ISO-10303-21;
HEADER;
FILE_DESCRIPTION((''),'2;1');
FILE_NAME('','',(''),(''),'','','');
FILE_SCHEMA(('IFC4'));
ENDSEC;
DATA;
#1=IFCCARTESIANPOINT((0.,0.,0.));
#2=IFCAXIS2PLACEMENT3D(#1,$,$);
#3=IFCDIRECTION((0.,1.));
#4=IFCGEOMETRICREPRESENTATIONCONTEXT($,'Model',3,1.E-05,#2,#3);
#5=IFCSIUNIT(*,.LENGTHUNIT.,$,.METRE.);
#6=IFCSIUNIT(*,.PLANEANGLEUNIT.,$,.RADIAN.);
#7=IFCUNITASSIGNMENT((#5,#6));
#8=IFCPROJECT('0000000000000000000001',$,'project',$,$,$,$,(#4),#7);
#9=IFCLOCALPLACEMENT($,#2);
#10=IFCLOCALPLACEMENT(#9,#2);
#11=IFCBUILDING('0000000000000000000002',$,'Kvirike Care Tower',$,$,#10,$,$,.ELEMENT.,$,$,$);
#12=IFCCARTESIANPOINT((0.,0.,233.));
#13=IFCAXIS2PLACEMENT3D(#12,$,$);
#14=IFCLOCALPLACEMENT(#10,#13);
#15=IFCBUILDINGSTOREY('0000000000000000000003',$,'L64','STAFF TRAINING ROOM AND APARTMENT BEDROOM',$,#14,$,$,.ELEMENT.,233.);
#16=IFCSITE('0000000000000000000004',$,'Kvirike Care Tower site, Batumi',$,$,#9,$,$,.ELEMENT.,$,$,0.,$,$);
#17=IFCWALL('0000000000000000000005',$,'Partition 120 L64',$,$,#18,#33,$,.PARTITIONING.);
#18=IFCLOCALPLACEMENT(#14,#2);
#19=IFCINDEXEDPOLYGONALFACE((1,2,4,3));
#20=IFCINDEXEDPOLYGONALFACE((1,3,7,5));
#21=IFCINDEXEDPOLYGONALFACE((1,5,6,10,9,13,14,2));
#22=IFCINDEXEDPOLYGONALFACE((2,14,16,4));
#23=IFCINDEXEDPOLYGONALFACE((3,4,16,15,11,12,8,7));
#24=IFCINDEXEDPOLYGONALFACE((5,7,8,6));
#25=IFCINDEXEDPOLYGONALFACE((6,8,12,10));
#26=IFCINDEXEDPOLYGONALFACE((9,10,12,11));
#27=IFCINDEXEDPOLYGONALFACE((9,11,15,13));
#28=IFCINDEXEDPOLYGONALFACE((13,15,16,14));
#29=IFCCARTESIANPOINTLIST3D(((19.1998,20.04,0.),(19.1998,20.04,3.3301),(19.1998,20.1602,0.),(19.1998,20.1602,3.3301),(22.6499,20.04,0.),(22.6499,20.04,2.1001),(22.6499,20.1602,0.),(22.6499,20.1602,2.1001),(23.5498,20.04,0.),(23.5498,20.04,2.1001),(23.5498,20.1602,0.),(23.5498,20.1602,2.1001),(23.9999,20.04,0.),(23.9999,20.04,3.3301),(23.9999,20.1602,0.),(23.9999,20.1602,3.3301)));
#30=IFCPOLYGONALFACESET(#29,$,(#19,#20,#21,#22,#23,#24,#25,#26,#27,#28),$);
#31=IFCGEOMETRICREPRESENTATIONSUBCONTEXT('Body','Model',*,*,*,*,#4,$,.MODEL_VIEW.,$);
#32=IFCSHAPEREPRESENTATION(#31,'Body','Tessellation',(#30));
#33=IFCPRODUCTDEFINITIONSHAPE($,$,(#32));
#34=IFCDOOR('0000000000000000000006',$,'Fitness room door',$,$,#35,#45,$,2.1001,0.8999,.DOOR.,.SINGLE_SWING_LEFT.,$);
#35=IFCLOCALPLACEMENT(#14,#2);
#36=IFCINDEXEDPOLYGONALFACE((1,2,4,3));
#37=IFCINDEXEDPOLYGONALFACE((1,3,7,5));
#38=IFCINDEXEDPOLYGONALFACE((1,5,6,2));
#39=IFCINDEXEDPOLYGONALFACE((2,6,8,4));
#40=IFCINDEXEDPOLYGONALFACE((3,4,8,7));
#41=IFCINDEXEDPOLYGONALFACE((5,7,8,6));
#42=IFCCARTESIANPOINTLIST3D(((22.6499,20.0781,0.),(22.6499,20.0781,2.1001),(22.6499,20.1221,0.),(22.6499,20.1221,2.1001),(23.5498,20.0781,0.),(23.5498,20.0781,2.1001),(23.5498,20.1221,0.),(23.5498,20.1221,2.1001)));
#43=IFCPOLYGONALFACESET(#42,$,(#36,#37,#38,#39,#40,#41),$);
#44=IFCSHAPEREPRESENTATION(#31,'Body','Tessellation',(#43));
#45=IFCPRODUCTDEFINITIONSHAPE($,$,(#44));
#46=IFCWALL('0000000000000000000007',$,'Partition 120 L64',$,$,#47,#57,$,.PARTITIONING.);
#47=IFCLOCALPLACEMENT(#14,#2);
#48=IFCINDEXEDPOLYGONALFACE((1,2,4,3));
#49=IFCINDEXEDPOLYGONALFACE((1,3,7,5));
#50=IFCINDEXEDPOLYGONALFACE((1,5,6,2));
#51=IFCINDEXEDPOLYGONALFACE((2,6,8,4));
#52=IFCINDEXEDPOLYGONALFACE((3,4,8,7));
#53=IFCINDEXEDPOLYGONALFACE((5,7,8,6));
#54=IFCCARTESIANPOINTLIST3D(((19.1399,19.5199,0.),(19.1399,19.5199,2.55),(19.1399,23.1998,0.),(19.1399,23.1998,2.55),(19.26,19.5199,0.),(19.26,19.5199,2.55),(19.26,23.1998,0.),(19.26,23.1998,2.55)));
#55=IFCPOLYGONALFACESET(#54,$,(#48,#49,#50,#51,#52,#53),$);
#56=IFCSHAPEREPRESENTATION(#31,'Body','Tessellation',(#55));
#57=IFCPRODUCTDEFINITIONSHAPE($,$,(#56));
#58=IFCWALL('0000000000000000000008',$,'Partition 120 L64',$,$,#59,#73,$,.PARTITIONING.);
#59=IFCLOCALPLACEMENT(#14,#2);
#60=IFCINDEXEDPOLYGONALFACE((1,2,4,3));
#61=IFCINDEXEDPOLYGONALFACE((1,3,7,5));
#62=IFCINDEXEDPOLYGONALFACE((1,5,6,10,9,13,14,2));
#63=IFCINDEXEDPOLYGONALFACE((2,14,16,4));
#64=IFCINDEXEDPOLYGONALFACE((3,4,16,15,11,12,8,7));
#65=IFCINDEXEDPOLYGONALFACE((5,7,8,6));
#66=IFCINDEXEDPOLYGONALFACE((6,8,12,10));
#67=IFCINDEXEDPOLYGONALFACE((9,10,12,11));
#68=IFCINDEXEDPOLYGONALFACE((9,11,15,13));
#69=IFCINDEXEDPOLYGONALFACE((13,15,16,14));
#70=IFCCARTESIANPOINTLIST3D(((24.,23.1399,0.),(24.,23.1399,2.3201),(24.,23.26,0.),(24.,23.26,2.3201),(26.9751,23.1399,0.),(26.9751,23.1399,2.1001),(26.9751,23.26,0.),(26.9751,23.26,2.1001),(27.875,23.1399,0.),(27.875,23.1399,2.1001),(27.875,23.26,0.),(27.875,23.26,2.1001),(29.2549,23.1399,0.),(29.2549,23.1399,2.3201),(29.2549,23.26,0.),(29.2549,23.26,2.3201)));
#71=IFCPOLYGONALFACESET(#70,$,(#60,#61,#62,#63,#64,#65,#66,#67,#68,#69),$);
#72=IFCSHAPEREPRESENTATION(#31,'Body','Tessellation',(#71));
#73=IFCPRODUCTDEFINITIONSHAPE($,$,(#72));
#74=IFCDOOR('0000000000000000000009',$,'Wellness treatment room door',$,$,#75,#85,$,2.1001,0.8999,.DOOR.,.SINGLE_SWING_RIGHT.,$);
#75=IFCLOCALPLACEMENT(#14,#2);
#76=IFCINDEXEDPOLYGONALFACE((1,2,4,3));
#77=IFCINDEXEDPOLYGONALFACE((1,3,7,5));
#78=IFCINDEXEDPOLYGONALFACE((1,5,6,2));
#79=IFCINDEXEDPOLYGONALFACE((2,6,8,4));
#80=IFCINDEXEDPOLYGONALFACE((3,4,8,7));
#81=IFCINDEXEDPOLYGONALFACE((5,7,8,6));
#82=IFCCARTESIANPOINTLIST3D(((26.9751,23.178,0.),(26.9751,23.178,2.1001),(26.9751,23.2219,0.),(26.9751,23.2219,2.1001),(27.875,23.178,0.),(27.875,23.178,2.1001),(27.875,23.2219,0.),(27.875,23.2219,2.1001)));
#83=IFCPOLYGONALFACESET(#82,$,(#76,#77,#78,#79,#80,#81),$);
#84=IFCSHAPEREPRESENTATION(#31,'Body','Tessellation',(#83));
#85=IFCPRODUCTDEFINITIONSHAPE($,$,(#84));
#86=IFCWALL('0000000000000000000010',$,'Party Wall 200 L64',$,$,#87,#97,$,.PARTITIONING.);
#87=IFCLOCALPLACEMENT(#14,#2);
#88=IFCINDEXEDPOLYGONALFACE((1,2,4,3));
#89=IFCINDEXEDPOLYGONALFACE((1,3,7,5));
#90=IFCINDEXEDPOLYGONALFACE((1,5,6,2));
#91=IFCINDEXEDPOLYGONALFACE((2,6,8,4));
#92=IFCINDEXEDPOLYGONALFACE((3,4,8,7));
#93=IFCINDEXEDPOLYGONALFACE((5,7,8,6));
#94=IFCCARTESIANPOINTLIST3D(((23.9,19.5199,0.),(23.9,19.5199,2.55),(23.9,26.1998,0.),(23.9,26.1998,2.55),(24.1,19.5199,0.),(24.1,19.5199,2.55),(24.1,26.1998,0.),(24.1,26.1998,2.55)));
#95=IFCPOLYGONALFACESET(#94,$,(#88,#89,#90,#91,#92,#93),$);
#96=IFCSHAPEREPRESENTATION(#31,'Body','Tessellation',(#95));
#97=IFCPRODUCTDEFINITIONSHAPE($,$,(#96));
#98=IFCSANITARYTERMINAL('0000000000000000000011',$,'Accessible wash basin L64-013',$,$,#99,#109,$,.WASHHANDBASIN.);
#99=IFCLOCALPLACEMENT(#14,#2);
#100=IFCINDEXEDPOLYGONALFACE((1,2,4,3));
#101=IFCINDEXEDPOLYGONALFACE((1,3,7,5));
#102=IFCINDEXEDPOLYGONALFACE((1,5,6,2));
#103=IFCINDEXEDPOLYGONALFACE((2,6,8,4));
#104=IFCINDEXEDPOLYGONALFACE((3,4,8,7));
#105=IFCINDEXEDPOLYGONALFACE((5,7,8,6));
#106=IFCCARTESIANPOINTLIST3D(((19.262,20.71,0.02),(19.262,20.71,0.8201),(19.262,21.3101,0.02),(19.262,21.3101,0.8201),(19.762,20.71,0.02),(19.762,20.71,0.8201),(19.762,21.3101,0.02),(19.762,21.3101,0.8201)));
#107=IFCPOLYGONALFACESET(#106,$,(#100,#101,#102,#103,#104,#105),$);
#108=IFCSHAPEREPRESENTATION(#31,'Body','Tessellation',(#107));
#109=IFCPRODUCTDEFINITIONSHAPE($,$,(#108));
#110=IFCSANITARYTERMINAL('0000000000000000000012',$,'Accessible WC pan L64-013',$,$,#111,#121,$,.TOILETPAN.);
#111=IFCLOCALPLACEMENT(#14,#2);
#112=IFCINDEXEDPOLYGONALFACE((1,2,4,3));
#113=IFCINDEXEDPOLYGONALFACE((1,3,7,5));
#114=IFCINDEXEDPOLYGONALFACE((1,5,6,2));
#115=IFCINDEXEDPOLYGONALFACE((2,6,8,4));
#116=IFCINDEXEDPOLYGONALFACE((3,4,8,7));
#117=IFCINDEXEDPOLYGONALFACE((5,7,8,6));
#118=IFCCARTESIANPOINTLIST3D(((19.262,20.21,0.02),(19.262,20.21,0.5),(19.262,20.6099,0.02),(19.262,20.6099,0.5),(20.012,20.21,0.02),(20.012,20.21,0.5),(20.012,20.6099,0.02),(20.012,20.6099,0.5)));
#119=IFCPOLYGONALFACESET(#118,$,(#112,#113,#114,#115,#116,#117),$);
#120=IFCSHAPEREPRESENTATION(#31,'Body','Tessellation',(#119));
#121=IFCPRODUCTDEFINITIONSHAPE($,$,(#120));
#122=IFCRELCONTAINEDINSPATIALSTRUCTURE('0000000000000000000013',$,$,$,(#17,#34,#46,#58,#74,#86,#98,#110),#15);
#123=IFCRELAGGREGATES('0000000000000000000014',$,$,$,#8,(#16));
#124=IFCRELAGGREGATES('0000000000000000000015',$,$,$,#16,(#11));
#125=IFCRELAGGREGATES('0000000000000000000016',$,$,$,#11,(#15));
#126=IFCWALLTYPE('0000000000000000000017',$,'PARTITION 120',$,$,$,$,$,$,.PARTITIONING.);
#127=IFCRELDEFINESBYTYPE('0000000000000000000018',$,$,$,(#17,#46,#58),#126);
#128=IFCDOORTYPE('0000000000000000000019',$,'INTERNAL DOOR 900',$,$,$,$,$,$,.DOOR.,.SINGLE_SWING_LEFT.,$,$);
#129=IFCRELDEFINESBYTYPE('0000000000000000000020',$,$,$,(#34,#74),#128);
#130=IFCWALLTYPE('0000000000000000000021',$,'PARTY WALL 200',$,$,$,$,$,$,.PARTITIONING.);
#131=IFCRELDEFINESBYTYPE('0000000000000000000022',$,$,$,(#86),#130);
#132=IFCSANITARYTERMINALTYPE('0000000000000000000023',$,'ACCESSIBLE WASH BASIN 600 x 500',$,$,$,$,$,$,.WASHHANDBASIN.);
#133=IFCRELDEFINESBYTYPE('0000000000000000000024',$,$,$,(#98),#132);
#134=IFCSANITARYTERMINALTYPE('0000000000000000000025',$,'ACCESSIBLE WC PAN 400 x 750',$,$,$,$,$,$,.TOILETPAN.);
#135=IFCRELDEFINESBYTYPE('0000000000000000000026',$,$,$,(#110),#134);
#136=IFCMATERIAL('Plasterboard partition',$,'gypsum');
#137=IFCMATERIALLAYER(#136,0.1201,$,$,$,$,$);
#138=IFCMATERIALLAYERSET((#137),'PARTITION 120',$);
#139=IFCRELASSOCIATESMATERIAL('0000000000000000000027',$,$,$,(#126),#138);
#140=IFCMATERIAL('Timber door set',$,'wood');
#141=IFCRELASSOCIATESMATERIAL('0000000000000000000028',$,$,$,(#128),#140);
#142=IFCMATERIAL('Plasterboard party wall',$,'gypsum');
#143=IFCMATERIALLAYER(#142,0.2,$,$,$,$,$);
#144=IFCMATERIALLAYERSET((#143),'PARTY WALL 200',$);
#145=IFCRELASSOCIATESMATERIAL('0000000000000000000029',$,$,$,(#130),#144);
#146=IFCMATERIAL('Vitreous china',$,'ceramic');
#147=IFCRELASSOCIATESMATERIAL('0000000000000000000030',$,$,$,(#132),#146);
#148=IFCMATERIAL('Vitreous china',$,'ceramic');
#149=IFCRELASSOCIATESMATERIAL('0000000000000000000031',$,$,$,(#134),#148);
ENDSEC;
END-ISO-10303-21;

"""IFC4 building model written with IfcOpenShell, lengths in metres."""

from ifc_helpers import new_model, si_unit, direction, frame, frame_2d, origin, origin_2d, place, context, subcontext, project, spatial, rectangle, extrude, material, layer, layer_set, type_object, element, fill, save


model = new_model("IFC4")

# Units and contexts
model_context = context("Model", 3, precision=1e-05, world=origin(), true_north=direction((0.0, 1.0)))
body_context = subcontext(model_context, "Body", "Model", "MODEL_VIEW")
ifc_project = project(units=[si_unit("LENGTHUNIT", "METRE"), si_unit("PLANEANGLEUNIT", "RADIAN")], contexts=[model_context])

# Site, building, storey
site_placement = place(None, origin())
site = spatial("IfcSite", under=ifc_project, at=site_placement, Name="Kvirike Care Tower site, Batumi", CompositionType="ELEMENT", RefElevation=0.0)
building_placement = place(site_placement, origin())
building = spatial("IfcBuilding", under=site, at=building_placement, Name="Kvirike Care Tower", CompositionType="ELEMENT")
storey_placement = place(building_placement, frame((0.0, 0.0, 233.0)))
storey = spatial("IfcBuildingStorey", under=building, at=storey_placement, Name="L64", Description="STAFF TRAINING ROOM AND APARTMENT BEDROOM", CompositionType="ELEMENT", Elevation=233.0)

# Wall, opening, door
ifc_material_1 = material(Name="Plasterboard partition", Category="gypsum")
ifc_layer_1 = layer(ifc_material_1, 0.1201)
ifc_layer_set_1 = layer_set([ifc_layer_1], Name="PARTITION 120")
wall_type_1 = type_object("IfcWallType", Name="PARTITION 120", PredefinedType="PARTITIONING", material=ifc_layer_set_1)
wall_1_placement = place(storey_placement, frame((19.2, 20.1001, 0.0), z_axis=(0.0, 0.0, 1.0), x_axis=(1.0, 0.0, 0.0)))
wall_1 = element("IfcWall", 1, at=wall_1_placement, inside=storey, type_object=wall_type_1, Name="Partition 120 L64", PredefinedType="PARTITIONING", context=body_context, shape_type="SweptSolid", body=[
    extrude(rectangle(XDim=4.8, YDim=0.1201, at=frame_2d((2.3999, 0.0))), origin(), (0.0, 0.0, 1.0), 3.3301),
])
opening_1_placement = place(wall_1_placement, frame((3.45, 0.0, 0.0)))
opening_1 = element("IfcOpeningElement", 2, at=opening_1_placement, cuts=wall_1, PredefinedType="OPENING", context=body_context, shape_type="SweptSolid", body=[
    extrude(rectangle(XDim=0.8999, YDim=2.1001, at=frame_2d((0.45, 1.05))), frame((0.0, 0.0706, 0.0), z_axis=(0.0, -1.0, 0.0), x_axis=(1.0, 0.0, 0.0)), (0.0, 0.0, 1.0), 0.1411),
])
ifc_material_2 = material(Name="Timber door set", Category="wood")
door_type_1 = type_object("IfcDoorType", Name="INTERNAL DOOR 900", OperationType="SINGLE_SWING_LEFT", PredefinedType="DOOR", material=ifc_material_2)
door_1_placement = place(opening_1_placement, origin())
door_1 = element("IfcDoor", 3, at=door_1_placement, inside=storey, type_object=door_type_1, Name="Fitness room door", OperationType="SINGLE_SWING_LEFT", OverallHeight=2.1001, OverallWidth=0.8999, PredefinedType="DOOR", context=body_context, shape_type="SweptSolid", body=[
    extrude(rectangle(XDim=0.8999, YDim=2.1001, at=frame_2d((0.45, 1.05))), frame((0.0, 0.022, 0.0), z_axis=(0.0, -1.0, 0.0), x_axis=(1.0, 0.0, 0.0)), (0.0, 0.0, 1.0), 0.0439),
])
fill(opening_1, door_1)

# Wall
wall_2_placement = place(storey_placement, frame((19.2, 19.52, 0.0), z_axis=(0.0, 0.0, 1.0), x_axis=(0.0, 1.0, 0.0)))
element("IfcWall", 4, at=wall_2_placement, inside=storey, type_object=wall_type_1, Name="Partition 120 L64", PredefinedType="PARTITIONING", context=body_context, shape_type="SweptSolid", body=[
    extrude(rectangle(XDim=3.6799, YDim=0.1201, at=frame_2d((1.8398, 0.0))), origin(), (0.0, 0.0, 1.0), 2.55),
])

# Wall, opening, door
wall_3_placement = place(storey_placement, frame((24.0, 23.2, 0.0), z_axis=(0.0, 0.0, 1.0), x_axis=(1.0, 0.0, 0.0)))
wall_3 = element("IfcWall", 5, at=wall_3_placement, inside=storey, type_object=wall_type_1, Name="Partition 120 L64", PredefinedType="PARTITIONING", context=body_context, shape_type="SweptSolid", body=[
    extrude(rectangle(XDim=5.2549, YDim=0.1201, at=frame_2d((2.6274, 0.0))), origin(), (0.0, 0.0, 1.0), 2.3201),
])
opening_2_placement = place(wall_3_placement, frame((2.9751, 0.0, 0.0)))
opening_2 = element("IfcOpeningElement", 6, at=opening_2_placement, cuts=wall_3, PredefinedType="OPENING", context=body_context, shape_type="SweptSolid", body=[
    extrude(rectangle(XDim=0.8999, YDim=2.1001, at=frame_2d((0.45, 1.05))), frame((0.0, 0.0706, 0.0), z_axis=(0.0, -1.0, 0.0), x_axis=(1.0, 0.0, 0.0)), (0.0, 0.0, 1.0), 0.1411),
])
door_2_placement = place(opening_2_placement, origin())
door_2 = element("IfcDoor", 7, at=door_2_placement, inside=storey, type_object=door_type_1, Name="Wellness treatment room door", OperationType="SINGLE_SWING_RIGHT", OverallHeight=2.1001, OverallWidth=0.8999, PredefinedType="DOOR", context=body_context, shape_type="SweptSolid", body=[
    extrude(rectangle(XDim=0.8999, YDim=2.1001, at=frame_2d((0.45, 1.05))), frame((0.0, 0.022, 0.0), z_axis=(0.0, -1.0, 0.0), x_axis=(1.0, 0.0, 0.0)), (0.0, 0.0, 1.0), 0.0439),
])
fill(opening_2, door_2)

# Wall
ifc_material_3 = material(Name="Plasterboard party wall", Category="gypsum")
ifc_layer_2 = layer(ifc_material_3, 0.2)
ifc_layer_set_2 = layer_set([ifc_layer_2], Name="PARTY WALL 200")
wall_type_2 = type_object("IfcWallType", Name="PARTY WALL 200", PredefinedType="PARTITIONING", material=ifc_layer_set_2)
wall_4_placement = place(storey_placement, frame((24.0, 19.52, 0.0), z_axis=(0.0, 0.0, 1.0), x_axis=(0.0, 1.0, 0.0)))
element("IfcWall", 8, at=wall_4_placement, inside=storey, type_object=wall_type_2, Name="Party Wall 200 L64", PredefinedType="PARTITIONING", context=body_context, shape_type="SweptSolid", body=[
    extrude(rectangle(XDim=6.6799, YDim=0.2, at=frame_2d((3.3398, 0.0))), origin(), (0.0, 0.0, 1.0), 2.55),
])

# Sanitary terminals
ifc_material_4 = material(Name="Vitreous china", Category="ceramic")
sanitary_terminal_type_1 = type_object("IfcSanitaryTerminalType", Name="ACCESSIBLE WASH BASIN 600 x 500", PredefinedType="WASHHANDBASIN", material=ifc_material_4)
sanitary_terminal_1_placement = place(storey_placement, frame((19.512, 21.01, 0.02), z_axis=(0.0, 0.0, 1.0), x_axis=(0.0, 1.0, 0.0)))
element("IfcSanitaryTerminal", 9, at=sanitary_terminal_1_placement, inside=storey, type_object=sanitary_terminal_type_1, Name="Accessible wash basin L64-013", PredefinedType="WASHHANDBASIN", context=body_context, shape_type="SweptSolid", body=[
    extrude(rectangle(XDim=0.6001, YDim=0.5, at=origin_2d()), origin(), (0.0, 0.0, 1.0), 0.8),
])
ifc_material_5 = material(Name="Vitreous china", Category="ceramic")
sanitary_terminal_type_2 = type_object("IfcSanitaryTerminalType", Name="ACCESSIBLE WC PAN 400 x 750", PredefinedType="TOILETPAN", material=ifc_material_5)
sanitary_terminal_2_placement = place(storey_placement, frame((19.637, 20.4099, 0.02), z_axis=(0.0, 0.0, 1.0), x_axis=(0.0, 1.0, 0.0)))
element("IfcSanitaryTerminal", 10, at=sanitary_terminal_2_placement, inside=storey, type_object=sanitary_terminal_type_2, Name="Accessible WC pan L64-013", PredefinedType="TOILETPAN", context=body_context, shape_type="SweptSolid", body=[
    extrude(rectangle(XDim=0.3999, YDim=0.75, at=origin_2d()), origin(), (0.0, 0.0, 1.0), 0.48),
])

save(model, "model.ifc")
